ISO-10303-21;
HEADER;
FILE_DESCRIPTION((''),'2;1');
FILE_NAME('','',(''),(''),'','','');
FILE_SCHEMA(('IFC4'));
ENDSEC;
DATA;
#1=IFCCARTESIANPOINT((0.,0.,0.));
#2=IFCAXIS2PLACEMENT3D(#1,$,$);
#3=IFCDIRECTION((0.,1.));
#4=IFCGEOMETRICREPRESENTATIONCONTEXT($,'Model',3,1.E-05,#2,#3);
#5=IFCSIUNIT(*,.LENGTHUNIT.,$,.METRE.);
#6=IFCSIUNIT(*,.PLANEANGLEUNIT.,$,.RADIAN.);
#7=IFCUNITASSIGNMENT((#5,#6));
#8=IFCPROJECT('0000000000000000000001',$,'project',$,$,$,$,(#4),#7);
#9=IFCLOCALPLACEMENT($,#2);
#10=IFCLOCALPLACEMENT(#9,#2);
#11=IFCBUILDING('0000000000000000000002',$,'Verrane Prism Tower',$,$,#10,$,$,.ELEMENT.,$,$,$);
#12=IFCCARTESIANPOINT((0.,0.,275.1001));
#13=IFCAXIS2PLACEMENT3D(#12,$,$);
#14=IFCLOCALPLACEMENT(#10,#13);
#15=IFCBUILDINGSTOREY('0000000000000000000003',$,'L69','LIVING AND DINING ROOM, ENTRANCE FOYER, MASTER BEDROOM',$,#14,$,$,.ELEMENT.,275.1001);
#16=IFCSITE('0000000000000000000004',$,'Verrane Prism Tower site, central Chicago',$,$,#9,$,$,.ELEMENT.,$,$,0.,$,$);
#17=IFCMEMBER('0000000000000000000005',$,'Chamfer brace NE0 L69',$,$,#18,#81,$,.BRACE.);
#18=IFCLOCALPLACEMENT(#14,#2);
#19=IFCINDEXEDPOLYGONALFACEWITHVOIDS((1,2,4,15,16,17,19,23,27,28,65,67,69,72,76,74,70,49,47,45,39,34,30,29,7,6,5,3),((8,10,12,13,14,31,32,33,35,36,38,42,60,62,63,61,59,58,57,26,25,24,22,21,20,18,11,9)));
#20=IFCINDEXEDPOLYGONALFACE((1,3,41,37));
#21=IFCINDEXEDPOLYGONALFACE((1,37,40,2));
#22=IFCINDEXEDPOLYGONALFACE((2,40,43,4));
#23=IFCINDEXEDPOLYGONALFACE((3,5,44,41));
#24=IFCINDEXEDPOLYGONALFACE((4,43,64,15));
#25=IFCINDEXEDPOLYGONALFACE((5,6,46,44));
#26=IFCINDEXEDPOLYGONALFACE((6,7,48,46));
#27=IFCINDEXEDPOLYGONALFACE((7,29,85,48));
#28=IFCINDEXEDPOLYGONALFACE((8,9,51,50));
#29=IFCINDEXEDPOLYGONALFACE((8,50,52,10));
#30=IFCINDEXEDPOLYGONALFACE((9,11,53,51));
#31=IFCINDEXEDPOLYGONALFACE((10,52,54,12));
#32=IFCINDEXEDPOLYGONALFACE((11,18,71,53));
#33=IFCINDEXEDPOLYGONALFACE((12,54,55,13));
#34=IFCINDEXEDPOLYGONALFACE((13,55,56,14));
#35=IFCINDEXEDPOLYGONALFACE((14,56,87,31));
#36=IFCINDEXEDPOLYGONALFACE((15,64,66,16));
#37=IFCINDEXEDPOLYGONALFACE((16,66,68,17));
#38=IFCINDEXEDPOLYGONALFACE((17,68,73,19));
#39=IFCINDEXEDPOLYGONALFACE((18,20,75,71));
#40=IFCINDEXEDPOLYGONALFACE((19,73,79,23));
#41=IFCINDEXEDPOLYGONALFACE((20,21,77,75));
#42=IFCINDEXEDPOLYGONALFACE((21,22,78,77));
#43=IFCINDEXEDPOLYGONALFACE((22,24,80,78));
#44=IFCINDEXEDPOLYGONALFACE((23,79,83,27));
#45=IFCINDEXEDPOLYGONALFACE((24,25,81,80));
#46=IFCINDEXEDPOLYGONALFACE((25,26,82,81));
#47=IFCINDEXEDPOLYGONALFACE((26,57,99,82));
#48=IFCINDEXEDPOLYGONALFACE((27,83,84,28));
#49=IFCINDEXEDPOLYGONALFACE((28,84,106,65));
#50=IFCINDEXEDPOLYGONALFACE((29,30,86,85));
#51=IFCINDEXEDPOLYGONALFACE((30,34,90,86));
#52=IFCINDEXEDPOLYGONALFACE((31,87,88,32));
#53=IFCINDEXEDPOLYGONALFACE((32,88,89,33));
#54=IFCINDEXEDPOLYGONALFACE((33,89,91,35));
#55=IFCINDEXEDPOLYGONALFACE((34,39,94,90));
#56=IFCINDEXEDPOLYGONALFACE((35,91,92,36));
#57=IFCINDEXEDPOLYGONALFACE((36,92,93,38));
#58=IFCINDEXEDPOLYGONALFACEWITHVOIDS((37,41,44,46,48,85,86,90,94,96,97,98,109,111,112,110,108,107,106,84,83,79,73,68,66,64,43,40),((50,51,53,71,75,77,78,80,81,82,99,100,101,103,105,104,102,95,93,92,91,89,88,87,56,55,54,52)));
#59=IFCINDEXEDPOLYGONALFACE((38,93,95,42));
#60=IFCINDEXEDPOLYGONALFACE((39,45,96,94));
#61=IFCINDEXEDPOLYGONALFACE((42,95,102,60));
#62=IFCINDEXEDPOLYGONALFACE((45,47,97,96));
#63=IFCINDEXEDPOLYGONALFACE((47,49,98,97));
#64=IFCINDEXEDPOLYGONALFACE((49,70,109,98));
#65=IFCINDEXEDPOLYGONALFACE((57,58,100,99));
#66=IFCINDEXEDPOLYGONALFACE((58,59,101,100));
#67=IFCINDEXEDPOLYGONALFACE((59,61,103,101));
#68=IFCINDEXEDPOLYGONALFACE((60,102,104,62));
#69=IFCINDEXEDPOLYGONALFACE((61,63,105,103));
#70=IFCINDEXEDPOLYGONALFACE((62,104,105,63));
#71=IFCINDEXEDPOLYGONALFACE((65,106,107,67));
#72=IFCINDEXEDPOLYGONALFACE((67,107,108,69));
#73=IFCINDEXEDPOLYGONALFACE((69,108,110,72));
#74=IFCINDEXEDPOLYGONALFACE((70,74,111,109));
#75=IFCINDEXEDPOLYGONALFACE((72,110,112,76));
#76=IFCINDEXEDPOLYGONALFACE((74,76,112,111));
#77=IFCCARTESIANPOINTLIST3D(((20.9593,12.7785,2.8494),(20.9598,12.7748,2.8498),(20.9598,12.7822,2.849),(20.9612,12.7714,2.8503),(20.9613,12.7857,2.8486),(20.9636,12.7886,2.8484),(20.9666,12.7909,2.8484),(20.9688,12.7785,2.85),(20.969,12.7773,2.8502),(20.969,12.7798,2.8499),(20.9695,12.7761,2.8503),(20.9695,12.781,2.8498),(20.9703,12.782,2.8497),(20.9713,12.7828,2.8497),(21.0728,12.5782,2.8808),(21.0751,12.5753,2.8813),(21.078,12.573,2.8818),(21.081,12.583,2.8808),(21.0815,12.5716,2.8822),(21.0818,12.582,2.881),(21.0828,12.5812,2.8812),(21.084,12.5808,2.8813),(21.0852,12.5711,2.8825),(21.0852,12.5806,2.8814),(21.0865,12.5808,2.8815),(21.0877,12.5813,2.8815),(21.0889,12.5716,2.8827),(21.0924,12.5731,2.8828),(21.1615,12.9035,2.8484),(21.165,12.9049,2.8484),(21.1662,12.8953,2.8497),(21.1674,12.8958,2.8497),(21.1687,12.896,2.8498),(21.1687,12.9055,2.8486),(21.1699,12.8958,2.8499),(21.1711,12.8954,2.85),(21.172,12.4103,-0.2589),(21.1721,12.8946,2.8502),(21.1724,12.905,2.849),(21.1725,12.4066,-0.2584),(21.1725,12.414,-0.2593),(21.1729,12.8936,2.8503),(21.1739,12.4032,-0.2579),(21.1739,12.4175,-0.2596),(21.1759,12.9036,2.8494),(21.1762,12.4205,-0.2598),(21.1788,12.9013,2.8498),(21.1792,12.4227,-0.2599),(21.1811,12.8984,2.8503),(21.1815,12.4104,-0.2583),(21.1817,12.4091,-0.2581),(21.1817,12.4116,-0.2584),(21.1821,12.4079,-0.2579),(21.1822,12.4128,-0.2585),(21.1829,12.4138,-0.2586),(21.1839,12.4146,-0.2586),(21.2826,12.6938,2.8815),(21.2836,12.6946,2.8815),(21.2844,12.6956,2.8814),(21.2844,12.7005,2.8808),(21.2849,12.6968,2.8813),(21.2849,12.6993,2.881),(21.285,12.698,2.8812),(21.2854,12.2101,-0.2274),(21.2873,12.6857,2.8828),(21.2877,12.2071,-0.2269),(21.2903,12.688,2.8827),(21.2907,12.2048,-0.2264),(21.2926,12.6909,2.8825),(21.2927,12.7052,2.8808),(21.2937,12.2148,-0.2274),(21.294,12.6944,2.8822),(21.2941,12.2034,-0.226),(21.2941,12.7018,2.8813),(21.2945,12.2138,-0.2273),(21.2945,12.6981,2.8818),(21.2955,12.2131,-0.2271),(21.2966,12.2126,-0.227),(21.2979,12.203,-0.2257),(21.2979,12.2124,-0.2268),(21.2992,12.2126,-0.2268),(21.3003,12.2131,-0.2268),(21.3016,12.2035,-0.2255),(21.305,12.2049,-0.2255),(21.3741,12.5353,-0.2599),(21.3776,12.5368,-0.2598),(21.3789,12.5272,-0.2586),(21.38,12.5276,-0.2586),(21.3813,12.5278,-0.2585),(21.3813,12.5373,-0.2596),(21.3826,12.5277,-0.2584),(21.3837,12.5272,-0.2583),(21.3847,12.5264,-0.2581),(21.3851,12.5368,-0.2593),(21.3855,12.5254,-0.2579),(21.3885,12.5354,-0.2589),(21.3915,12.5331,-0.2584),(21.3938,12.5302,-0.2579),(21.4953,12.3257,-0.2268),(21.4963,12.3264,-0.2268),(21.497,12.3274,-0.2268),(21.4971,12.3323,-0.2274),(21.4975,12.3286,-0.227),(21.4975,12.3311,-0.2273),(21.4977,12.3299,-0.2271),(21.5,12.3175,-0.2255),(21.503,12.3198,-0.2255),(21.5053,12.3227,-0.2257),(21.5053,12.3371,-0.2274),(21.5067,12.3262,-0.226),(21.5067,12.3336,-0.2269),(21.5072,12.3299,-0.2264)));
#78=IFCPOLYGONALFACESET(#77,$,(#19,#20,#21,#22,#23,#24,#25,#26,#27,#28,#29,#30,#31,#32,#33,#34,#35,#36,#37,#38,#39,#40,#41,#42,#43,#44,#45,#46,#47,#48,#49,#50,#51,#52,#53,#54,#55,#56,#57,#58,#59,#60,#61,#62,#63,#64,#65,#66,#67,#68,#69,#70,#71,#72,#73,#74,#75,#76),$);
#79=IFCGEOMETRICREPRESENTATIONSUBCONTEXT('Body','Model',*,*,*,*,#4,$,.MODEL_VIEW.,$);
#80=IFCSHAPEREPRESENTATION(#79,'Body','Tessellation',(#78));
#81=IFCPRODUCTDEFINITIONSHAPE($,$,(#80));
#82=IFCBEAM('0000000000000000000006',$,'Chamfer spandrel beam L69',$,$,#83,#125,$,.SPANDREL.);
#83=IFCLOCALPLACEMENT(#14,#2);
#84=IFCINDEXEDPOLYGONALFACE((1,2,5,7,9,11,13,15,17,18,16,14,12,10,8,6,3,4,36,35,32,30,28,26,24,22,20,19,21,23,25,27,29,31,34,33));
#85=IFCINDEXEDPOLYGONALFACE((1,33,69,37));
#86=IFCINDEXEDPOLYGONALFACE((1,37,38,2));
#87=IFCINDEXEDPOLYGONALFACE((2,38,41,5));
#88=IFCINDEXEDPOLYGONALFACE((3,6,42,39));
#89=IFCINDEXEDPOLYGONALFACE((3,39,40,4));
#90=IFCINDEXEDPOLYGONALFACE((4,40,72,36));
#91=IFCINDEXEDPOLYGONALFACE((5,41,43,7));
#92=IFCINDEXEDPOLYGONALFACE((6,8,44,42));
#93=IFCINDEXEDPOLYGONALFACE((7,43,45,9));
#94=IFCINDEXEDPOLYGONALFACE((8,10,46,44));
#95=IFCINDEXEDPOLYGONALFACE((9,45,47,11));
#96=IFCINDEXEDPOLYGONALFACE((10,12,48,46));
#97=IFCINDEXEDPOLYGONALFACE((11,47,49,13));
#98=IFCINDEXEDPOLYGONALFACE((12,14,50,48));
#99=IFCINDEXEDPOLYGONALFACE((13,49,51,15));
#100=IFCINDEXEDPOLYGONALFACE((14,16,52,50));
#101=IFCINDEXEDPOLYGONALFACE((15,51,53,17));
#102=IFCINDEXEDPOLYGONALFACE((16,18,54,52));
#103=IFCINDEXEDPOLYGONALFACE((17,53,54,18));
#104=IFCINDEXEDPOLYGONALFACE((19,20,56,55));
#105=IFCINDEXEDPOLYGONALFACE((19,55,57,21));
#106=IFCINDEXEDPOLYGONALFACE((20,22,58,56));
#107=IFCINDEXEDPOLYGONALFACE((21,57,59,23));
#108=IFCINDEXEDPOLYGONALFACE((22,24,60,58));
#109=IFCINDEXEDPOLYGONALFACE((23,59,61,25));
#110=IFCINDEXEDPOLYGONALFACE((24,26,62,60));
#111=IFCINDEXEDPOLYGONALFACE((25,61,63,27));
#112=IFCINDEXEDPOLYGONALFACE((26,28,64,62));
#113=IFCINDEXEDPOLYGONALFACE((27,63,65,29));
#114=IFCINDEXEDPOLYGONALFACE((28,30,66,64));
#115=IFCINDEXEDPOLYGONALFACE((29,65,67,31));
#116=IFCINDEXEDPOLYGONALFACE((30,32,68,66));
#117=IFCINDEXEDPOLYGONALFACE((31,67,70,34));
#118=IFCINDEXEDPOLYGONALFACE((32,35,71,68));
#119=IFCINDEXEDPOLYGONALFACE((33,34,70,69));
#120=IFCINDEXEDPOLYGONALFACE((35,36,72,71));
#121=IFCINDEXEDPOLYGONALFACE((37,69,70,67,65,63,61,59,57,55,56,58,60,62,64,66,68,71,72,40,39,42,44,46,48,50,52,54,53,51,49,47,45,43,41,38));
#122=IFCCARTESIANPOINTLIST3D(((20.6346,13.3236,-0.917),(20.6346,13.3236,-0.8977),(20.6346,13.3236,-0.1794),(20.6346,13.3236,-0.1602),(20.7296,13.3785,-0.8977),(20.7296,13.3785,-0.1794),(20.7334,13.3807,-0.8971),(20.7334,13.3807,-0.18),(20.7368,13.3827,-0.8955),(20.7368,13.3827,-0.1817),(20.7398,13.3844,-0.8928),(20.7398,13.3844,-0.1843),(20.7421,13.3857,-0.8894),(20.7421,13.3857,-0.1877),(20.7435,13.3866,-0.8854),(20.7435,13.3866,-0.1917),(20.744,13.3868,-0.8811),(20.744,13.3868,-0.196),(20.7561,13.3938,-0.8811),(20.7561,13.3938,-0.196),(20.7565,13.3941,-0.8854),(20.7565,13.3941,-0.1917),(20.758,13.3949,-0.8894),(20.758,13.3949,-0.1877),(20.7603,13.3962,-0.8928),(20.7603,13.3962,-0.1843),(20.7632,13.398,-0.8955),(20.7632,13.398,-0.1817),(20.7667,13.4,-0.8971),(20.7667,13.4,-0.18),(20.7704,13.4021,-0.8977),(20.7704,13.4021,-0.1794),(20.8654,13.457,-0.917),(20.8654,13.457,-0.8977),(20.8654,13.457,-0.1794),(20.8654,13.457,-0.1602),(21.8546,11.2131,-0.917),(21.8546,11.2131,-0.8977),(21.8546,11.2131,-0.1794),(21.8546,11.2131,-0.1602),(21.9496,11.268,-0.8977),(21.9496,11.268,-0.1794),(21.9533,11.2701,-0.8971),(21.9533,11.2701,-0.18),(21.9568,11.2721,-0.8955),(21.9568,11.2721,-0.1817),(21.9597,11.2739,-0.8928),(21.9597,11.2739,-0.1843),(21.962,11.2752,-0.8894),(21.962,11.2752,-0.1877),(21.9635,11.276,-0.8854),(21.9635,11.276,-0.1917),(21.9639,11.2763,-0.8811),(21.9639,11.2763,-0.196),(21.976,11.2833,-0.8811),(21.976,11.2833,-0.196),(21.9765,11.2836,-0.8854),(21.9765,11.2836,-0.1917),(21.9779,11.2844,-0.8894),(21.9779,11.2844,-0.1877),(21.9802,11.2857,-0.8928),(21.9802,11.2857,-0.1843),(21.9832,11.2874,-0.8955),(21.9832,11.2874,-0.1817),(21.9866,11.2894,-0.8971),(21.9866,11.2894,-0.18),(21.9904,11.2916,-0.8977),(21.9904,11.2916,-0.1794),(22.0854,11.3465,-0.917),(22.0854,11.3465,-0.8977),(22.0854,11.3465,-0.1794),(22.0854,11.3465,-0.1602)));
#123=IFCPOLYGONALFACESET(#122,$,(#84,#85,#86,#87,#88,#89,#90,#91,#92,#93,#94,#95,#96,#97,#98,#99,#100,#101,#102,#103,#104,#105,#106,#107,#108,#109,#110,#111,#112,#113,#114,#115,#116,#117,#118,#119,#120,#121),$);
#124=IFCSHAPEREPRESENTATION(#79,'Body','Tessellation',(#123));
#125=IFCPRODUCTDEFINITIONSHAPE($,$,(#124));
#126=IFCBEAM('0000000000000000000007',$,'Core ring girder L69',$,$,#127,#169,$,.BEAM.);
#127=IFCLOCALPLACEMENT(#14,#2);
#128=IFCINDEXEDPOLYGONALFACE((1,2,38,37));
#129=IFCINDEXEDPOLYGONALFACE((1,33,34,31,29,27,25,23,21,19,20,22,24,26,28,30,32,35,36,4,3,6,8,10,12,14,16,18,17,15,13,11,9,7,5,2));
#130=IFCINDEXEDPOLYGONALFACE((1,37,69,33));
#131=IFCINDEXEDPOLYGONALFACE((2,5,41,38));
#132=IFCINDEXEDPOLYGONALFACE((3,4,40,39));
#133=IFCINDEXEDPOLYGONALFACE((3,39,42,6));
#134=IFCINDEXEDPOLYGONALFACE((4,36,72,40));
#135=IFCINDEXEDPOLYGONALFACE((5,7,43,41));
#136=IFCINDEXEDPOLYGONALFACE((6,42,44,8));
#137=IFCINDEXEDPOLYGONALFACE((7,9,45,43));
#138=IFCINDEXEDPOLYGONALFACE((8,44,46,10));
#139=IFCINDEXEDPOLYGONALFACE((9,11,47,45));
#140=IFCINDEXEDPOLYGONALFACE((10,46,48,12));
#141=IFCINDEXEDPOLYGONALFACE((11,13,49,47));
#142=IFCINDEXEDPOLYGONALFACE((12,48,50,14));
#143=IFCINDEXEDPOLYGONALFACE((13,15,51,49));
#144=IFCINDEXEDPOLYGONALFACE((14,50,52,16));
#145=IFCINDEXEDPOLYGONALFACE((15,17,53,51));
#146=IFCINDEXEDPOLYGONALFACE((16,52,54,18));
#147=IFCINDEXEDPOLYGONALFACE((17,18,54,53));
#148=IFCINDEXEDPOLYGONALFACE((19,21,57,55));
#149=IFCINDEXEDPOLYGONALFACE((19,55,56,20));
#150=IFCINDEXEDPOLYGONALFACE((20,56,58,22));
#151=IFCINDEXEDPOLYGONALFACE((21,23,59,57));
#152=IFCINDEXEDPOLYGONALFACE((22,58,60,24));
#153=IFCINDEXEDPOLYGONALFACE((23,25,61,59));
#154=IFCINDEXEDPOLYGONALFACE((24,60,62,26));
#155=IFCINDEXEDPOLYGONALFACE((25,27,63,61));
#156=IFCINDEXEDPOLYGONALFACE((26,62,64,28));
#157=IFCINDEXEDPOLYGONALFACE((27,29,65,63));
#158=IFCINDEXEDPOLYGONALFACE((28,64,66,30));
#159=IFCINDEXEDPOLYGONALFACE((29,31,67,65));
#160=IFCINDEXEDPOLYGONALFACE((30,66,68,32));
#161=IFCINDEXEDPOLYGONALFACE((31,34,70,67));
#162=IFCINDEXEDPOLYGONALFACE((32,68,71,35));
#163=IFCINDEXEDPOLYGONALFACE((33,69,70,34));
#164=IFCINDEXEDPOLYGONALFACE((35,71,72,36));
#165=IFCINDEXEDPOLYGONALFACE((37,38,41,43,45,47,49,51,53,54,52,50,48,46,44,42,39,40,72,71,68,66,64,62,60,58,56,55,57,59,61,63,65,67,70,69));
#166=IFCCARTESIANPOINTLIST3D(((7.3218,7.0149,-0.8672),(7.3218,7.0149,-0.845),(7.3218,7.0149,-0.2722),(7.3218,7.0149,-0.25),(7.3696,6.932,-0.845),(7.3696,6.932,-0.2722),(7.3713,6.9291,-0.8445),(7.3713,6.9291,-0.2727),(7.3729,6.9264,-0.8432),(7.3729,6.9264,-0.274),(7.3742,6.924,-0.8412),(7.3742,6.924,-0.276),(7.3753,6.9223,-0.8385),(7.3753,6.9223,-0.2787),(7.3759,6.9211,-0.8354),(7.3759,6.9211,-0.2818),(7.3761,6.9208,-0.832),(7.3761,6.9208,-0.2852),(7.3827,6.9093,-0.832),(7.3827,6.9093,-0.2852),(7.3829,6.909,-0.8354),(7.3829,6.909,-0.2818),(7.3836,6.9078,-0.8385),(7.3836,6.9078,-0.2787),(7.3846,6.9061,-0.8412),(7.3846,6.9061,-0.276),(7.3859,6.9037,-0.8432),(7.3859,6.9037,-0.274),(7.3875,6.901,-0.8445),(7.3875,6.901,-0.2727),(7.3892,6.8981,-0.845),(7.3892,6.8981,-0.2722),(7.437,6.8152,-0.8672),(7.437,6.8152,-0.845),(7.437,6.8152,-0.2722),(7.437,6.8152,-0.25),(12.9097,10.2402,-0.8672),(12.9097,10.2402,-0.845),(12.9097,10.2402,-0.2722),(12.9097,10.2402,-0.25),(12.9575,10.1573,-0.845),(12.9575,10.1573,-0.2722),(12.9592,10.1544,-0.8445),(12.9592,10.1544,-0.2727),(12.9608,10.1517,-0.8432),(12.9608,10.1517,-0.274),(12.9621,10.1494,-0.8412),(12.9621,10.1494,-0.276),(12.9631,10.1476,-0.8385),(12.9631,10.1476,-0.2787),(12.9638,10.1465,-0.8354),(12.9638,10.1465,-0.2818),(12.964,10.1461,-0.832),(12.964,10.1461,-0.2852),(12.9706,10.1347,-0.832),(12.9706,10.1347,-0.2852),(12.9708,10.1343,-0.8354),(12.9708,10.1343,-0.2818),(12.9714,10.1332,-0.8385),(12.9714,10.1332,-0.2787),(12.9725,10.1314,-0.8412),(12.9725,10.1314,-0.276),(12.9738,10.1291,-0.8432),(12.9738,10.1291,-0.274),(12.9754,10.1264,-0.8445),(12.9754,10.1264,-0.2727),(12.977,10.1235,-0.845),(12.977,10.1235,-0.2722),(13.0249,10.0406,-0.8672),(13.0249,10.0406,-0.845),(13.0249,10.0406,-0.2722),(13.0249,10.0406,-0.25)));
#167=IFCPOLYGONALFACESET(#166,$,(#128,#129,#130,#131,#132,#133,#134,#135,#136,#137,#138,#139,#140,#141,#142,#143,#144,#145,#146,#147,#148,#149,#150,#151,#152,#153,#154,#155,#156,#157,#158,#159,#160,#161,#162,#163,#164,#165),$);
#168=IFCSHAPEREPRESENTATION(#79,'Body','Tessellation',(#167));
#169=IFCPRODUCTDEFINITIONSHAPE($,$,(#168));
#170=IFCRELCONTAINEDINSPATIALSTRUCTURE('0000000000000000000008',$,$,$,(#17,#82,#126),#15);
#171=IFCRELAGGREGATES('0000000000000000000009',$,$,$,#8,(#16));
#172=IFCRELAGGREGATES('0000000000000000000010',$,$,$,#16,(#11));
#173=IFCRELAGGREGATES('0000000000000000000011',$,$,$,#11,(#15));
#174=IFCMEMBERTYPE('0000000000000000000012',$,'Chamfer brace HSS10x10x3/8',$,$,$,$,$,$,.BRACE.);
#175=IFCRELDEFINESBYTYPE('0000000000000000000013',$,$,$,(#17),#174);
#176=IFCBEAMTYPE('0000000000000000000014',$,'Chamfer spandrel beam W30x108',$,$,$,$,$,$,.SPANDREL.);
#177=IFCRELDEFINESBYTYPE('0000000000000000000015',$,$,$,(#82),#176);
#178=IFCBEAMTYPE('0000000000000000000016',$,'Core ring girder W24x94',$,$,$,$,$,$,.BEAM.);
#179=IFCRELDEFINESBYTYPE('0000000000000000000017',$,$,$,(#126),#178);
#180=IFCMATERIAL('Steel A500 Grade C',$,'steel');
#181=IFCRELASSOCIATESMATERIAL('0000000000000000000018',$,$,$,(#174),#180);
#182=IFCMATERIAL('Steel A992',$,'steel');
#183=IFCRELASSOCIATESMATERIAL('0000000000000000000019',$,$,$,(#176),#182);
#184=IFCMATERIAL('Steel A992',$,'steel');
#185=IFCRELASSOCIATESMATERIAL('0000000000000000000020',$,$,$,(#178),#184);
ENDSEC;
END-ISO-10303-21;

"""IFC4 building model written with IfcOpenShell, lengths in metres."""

from ifc_helpers import new_model, si_unit, direction, frame, origin, origin_2d, place, context, subcontext, project, spatial, hollow_rectangle, i_section, extrude, material, material_profile, profile_set, type_object, element, save


model = new_model("IFC4")

# Units and contexts
model_context = context("Model", 3, precision=1e-05, world=origin(), true_north=direction((0.0, 1.0)))
body_context = subcontext(model_context, "Body", "Model", "MODEL_VIEW")
ifc_project = project(units=[si_unit("LENGTHUNIT", "METRE"), si_unit("PLANEANGLEUNIT", "RADIAN")], contexts=[model_context])

# Site, building, storey
site_placement = place(None, origin())
site = spatial("IfcSite", under=ifc_project, at=site_placement, Name="Verrane Prism Tower site, central Chicago", CompositionType="ELEMENT", RefElevation=0.0)
building_placement = place(site_placement, origin())
building = spatial("IfcBuilding", under=site, at=building_placement, Name="Verrane Prism Tower", CompositionType="ELEMENT")
storey_placement = place(building_placement, frame((0.0, 0.0, 275.1001)))
storey = spatial("IfcBuildingStorey", under=building, at=storey_placement, Name="L69", Description="LIVING AND DINING ROOM, ENTRANCE FOYER, MASTER BEDROOM", CompositionType="ELEMENT", Elevation=275.1001)

# Member
ifc_material_1 = material(Name="Steel A500 Grade C", Category="steel")
ifc_material_profile_1 = material_profile(ifc_material_1, hollow_rectangle(XDim=0.2539, YDim=0.2539, WallThickness=0.0095, InnerFilletRadius=0.0049, OuterFilletRadius=0.0144, at=origin_2d()), Name="HSS10x10x3/8")
ifc_profile_set_1 = profile_set([ifc_material_profile_1], Name="Steel A500 Grade C")
member_type_1 = type_object("IfcMemberType", Name="Chamfer brace HSS10x10x3/8", PredefinedType="BRACE", material=ifc_profile_set_1)
member_1_placement = place(storey_placement, frame((21.3396, 12.3701, -0.2427), z_axis=(-0.067784, 0.117358, 0.990774), x_axis=(-0.865937, -0.500153, 0.0)))
element("IfcMember", 1, at=member_1_placement, inside=storey, type_object=member_type_1, Name="Chamfer brace NE0 L69", PredefinedType="BRACE", context=body_context, shape_type="SweptSolid", body=[
    extrude(hollow_rectangle(XDim=0.2539, YDim=0.2539, WallThickness=0.0095, InnerFilletRadius=0.0049, OuterFilletRadius=0.0144, at=origin_2d()), origin(), (0.0, 0.0, 1.0), 3.1372),
])

# Beams
ifc_material_2 = material(Name="Steel A992", Category="steel")
ifc_material_profile_2 = material_profile(ifc_material_2, i_section(OverallWidth=0.2666, OverallDepth=0.7568, WebThickness=0.0139, FlangeThickness=0.0193, FilletRadius=0.0166, at=origin_2d()), Name="W30x108")
ifc_profile_set_2 = profile_set([ifc_material_profile_2], Name="Steel A992")
beam_type_1 = type_object("IfcBeamType", Name="Chamfer spandrel beam W30x108", PredefinedType="SPANDREL", material=ifc_profile_set_2)
beam_1_placement = place(storey_placement, frame((21.97, 11.2798, -0.5386), z_axis=(-0.500436, 0.865773, 0.0), x_axis=(-0.865773, -0.500436, 0.0)))
element("IfcBeam", 2, at=beam_1_placement, inside=storey, type_object=beam_type_1, Name="Chamfer spandrel beam L69", PredefinedType="SPANDREL", context=body_context, shape_type="SweptSolid", body=[
    extrude(i_section(OverallWidth=0.2666, OverallDepth=0.7568, WebThickness=0.0139, FlangeThickness=0.0193, FilletRadius=0.0166, at=origin_2d()), origin(), (0.0, 0.0, 1.0), 2.4377),
])
ifc_material_3 = material(Name="Steel A992", Category="steel")
ifc_material_profile_3 = material_profile(ifc_material_3, i_section(OverallWidth=0.2305, OverallDepth=0.6172, WebThickness=0.0132, FlangeThickness=0.0222, FilletRadius=0.0129, at=origin_2d()), Name="W24x94")
ifc_profile_set_3 = profile_set([ifc_material_profile_3], Name="Steel A992")
beam_type_2 = type_object("IfcBeamType", Name="Core ring girder W24x94", PredefinedType="BEAM", material=ifc_profile_set_3)
beam_2_placement = place(storey_placement, frame((12.9673, 10.1404, -0.5586), z_axis=(-0.866081, -0.499904, 0.0), x_axis=(0.499904, -0.866081, 0.0)))
element("IfcBeam", 3, at=beam_2_placement, inside=storey, type_object=beam_type_2, Name="Core ring girder L69", PredefinedType="BEAM", context=body_context, shape_type="SweptSolid", body=[
    extrude(i_section(OverallWidth=0.2305, OverallDepth=0.6172, WebThickness=0.0132, FlangeThickness=0.0222, FilletRadius=0.0129, at=origin_2d()), origin(), (0.0, 0.0, 1.0), 6.4519),
])

save(model, "model.ifc")
